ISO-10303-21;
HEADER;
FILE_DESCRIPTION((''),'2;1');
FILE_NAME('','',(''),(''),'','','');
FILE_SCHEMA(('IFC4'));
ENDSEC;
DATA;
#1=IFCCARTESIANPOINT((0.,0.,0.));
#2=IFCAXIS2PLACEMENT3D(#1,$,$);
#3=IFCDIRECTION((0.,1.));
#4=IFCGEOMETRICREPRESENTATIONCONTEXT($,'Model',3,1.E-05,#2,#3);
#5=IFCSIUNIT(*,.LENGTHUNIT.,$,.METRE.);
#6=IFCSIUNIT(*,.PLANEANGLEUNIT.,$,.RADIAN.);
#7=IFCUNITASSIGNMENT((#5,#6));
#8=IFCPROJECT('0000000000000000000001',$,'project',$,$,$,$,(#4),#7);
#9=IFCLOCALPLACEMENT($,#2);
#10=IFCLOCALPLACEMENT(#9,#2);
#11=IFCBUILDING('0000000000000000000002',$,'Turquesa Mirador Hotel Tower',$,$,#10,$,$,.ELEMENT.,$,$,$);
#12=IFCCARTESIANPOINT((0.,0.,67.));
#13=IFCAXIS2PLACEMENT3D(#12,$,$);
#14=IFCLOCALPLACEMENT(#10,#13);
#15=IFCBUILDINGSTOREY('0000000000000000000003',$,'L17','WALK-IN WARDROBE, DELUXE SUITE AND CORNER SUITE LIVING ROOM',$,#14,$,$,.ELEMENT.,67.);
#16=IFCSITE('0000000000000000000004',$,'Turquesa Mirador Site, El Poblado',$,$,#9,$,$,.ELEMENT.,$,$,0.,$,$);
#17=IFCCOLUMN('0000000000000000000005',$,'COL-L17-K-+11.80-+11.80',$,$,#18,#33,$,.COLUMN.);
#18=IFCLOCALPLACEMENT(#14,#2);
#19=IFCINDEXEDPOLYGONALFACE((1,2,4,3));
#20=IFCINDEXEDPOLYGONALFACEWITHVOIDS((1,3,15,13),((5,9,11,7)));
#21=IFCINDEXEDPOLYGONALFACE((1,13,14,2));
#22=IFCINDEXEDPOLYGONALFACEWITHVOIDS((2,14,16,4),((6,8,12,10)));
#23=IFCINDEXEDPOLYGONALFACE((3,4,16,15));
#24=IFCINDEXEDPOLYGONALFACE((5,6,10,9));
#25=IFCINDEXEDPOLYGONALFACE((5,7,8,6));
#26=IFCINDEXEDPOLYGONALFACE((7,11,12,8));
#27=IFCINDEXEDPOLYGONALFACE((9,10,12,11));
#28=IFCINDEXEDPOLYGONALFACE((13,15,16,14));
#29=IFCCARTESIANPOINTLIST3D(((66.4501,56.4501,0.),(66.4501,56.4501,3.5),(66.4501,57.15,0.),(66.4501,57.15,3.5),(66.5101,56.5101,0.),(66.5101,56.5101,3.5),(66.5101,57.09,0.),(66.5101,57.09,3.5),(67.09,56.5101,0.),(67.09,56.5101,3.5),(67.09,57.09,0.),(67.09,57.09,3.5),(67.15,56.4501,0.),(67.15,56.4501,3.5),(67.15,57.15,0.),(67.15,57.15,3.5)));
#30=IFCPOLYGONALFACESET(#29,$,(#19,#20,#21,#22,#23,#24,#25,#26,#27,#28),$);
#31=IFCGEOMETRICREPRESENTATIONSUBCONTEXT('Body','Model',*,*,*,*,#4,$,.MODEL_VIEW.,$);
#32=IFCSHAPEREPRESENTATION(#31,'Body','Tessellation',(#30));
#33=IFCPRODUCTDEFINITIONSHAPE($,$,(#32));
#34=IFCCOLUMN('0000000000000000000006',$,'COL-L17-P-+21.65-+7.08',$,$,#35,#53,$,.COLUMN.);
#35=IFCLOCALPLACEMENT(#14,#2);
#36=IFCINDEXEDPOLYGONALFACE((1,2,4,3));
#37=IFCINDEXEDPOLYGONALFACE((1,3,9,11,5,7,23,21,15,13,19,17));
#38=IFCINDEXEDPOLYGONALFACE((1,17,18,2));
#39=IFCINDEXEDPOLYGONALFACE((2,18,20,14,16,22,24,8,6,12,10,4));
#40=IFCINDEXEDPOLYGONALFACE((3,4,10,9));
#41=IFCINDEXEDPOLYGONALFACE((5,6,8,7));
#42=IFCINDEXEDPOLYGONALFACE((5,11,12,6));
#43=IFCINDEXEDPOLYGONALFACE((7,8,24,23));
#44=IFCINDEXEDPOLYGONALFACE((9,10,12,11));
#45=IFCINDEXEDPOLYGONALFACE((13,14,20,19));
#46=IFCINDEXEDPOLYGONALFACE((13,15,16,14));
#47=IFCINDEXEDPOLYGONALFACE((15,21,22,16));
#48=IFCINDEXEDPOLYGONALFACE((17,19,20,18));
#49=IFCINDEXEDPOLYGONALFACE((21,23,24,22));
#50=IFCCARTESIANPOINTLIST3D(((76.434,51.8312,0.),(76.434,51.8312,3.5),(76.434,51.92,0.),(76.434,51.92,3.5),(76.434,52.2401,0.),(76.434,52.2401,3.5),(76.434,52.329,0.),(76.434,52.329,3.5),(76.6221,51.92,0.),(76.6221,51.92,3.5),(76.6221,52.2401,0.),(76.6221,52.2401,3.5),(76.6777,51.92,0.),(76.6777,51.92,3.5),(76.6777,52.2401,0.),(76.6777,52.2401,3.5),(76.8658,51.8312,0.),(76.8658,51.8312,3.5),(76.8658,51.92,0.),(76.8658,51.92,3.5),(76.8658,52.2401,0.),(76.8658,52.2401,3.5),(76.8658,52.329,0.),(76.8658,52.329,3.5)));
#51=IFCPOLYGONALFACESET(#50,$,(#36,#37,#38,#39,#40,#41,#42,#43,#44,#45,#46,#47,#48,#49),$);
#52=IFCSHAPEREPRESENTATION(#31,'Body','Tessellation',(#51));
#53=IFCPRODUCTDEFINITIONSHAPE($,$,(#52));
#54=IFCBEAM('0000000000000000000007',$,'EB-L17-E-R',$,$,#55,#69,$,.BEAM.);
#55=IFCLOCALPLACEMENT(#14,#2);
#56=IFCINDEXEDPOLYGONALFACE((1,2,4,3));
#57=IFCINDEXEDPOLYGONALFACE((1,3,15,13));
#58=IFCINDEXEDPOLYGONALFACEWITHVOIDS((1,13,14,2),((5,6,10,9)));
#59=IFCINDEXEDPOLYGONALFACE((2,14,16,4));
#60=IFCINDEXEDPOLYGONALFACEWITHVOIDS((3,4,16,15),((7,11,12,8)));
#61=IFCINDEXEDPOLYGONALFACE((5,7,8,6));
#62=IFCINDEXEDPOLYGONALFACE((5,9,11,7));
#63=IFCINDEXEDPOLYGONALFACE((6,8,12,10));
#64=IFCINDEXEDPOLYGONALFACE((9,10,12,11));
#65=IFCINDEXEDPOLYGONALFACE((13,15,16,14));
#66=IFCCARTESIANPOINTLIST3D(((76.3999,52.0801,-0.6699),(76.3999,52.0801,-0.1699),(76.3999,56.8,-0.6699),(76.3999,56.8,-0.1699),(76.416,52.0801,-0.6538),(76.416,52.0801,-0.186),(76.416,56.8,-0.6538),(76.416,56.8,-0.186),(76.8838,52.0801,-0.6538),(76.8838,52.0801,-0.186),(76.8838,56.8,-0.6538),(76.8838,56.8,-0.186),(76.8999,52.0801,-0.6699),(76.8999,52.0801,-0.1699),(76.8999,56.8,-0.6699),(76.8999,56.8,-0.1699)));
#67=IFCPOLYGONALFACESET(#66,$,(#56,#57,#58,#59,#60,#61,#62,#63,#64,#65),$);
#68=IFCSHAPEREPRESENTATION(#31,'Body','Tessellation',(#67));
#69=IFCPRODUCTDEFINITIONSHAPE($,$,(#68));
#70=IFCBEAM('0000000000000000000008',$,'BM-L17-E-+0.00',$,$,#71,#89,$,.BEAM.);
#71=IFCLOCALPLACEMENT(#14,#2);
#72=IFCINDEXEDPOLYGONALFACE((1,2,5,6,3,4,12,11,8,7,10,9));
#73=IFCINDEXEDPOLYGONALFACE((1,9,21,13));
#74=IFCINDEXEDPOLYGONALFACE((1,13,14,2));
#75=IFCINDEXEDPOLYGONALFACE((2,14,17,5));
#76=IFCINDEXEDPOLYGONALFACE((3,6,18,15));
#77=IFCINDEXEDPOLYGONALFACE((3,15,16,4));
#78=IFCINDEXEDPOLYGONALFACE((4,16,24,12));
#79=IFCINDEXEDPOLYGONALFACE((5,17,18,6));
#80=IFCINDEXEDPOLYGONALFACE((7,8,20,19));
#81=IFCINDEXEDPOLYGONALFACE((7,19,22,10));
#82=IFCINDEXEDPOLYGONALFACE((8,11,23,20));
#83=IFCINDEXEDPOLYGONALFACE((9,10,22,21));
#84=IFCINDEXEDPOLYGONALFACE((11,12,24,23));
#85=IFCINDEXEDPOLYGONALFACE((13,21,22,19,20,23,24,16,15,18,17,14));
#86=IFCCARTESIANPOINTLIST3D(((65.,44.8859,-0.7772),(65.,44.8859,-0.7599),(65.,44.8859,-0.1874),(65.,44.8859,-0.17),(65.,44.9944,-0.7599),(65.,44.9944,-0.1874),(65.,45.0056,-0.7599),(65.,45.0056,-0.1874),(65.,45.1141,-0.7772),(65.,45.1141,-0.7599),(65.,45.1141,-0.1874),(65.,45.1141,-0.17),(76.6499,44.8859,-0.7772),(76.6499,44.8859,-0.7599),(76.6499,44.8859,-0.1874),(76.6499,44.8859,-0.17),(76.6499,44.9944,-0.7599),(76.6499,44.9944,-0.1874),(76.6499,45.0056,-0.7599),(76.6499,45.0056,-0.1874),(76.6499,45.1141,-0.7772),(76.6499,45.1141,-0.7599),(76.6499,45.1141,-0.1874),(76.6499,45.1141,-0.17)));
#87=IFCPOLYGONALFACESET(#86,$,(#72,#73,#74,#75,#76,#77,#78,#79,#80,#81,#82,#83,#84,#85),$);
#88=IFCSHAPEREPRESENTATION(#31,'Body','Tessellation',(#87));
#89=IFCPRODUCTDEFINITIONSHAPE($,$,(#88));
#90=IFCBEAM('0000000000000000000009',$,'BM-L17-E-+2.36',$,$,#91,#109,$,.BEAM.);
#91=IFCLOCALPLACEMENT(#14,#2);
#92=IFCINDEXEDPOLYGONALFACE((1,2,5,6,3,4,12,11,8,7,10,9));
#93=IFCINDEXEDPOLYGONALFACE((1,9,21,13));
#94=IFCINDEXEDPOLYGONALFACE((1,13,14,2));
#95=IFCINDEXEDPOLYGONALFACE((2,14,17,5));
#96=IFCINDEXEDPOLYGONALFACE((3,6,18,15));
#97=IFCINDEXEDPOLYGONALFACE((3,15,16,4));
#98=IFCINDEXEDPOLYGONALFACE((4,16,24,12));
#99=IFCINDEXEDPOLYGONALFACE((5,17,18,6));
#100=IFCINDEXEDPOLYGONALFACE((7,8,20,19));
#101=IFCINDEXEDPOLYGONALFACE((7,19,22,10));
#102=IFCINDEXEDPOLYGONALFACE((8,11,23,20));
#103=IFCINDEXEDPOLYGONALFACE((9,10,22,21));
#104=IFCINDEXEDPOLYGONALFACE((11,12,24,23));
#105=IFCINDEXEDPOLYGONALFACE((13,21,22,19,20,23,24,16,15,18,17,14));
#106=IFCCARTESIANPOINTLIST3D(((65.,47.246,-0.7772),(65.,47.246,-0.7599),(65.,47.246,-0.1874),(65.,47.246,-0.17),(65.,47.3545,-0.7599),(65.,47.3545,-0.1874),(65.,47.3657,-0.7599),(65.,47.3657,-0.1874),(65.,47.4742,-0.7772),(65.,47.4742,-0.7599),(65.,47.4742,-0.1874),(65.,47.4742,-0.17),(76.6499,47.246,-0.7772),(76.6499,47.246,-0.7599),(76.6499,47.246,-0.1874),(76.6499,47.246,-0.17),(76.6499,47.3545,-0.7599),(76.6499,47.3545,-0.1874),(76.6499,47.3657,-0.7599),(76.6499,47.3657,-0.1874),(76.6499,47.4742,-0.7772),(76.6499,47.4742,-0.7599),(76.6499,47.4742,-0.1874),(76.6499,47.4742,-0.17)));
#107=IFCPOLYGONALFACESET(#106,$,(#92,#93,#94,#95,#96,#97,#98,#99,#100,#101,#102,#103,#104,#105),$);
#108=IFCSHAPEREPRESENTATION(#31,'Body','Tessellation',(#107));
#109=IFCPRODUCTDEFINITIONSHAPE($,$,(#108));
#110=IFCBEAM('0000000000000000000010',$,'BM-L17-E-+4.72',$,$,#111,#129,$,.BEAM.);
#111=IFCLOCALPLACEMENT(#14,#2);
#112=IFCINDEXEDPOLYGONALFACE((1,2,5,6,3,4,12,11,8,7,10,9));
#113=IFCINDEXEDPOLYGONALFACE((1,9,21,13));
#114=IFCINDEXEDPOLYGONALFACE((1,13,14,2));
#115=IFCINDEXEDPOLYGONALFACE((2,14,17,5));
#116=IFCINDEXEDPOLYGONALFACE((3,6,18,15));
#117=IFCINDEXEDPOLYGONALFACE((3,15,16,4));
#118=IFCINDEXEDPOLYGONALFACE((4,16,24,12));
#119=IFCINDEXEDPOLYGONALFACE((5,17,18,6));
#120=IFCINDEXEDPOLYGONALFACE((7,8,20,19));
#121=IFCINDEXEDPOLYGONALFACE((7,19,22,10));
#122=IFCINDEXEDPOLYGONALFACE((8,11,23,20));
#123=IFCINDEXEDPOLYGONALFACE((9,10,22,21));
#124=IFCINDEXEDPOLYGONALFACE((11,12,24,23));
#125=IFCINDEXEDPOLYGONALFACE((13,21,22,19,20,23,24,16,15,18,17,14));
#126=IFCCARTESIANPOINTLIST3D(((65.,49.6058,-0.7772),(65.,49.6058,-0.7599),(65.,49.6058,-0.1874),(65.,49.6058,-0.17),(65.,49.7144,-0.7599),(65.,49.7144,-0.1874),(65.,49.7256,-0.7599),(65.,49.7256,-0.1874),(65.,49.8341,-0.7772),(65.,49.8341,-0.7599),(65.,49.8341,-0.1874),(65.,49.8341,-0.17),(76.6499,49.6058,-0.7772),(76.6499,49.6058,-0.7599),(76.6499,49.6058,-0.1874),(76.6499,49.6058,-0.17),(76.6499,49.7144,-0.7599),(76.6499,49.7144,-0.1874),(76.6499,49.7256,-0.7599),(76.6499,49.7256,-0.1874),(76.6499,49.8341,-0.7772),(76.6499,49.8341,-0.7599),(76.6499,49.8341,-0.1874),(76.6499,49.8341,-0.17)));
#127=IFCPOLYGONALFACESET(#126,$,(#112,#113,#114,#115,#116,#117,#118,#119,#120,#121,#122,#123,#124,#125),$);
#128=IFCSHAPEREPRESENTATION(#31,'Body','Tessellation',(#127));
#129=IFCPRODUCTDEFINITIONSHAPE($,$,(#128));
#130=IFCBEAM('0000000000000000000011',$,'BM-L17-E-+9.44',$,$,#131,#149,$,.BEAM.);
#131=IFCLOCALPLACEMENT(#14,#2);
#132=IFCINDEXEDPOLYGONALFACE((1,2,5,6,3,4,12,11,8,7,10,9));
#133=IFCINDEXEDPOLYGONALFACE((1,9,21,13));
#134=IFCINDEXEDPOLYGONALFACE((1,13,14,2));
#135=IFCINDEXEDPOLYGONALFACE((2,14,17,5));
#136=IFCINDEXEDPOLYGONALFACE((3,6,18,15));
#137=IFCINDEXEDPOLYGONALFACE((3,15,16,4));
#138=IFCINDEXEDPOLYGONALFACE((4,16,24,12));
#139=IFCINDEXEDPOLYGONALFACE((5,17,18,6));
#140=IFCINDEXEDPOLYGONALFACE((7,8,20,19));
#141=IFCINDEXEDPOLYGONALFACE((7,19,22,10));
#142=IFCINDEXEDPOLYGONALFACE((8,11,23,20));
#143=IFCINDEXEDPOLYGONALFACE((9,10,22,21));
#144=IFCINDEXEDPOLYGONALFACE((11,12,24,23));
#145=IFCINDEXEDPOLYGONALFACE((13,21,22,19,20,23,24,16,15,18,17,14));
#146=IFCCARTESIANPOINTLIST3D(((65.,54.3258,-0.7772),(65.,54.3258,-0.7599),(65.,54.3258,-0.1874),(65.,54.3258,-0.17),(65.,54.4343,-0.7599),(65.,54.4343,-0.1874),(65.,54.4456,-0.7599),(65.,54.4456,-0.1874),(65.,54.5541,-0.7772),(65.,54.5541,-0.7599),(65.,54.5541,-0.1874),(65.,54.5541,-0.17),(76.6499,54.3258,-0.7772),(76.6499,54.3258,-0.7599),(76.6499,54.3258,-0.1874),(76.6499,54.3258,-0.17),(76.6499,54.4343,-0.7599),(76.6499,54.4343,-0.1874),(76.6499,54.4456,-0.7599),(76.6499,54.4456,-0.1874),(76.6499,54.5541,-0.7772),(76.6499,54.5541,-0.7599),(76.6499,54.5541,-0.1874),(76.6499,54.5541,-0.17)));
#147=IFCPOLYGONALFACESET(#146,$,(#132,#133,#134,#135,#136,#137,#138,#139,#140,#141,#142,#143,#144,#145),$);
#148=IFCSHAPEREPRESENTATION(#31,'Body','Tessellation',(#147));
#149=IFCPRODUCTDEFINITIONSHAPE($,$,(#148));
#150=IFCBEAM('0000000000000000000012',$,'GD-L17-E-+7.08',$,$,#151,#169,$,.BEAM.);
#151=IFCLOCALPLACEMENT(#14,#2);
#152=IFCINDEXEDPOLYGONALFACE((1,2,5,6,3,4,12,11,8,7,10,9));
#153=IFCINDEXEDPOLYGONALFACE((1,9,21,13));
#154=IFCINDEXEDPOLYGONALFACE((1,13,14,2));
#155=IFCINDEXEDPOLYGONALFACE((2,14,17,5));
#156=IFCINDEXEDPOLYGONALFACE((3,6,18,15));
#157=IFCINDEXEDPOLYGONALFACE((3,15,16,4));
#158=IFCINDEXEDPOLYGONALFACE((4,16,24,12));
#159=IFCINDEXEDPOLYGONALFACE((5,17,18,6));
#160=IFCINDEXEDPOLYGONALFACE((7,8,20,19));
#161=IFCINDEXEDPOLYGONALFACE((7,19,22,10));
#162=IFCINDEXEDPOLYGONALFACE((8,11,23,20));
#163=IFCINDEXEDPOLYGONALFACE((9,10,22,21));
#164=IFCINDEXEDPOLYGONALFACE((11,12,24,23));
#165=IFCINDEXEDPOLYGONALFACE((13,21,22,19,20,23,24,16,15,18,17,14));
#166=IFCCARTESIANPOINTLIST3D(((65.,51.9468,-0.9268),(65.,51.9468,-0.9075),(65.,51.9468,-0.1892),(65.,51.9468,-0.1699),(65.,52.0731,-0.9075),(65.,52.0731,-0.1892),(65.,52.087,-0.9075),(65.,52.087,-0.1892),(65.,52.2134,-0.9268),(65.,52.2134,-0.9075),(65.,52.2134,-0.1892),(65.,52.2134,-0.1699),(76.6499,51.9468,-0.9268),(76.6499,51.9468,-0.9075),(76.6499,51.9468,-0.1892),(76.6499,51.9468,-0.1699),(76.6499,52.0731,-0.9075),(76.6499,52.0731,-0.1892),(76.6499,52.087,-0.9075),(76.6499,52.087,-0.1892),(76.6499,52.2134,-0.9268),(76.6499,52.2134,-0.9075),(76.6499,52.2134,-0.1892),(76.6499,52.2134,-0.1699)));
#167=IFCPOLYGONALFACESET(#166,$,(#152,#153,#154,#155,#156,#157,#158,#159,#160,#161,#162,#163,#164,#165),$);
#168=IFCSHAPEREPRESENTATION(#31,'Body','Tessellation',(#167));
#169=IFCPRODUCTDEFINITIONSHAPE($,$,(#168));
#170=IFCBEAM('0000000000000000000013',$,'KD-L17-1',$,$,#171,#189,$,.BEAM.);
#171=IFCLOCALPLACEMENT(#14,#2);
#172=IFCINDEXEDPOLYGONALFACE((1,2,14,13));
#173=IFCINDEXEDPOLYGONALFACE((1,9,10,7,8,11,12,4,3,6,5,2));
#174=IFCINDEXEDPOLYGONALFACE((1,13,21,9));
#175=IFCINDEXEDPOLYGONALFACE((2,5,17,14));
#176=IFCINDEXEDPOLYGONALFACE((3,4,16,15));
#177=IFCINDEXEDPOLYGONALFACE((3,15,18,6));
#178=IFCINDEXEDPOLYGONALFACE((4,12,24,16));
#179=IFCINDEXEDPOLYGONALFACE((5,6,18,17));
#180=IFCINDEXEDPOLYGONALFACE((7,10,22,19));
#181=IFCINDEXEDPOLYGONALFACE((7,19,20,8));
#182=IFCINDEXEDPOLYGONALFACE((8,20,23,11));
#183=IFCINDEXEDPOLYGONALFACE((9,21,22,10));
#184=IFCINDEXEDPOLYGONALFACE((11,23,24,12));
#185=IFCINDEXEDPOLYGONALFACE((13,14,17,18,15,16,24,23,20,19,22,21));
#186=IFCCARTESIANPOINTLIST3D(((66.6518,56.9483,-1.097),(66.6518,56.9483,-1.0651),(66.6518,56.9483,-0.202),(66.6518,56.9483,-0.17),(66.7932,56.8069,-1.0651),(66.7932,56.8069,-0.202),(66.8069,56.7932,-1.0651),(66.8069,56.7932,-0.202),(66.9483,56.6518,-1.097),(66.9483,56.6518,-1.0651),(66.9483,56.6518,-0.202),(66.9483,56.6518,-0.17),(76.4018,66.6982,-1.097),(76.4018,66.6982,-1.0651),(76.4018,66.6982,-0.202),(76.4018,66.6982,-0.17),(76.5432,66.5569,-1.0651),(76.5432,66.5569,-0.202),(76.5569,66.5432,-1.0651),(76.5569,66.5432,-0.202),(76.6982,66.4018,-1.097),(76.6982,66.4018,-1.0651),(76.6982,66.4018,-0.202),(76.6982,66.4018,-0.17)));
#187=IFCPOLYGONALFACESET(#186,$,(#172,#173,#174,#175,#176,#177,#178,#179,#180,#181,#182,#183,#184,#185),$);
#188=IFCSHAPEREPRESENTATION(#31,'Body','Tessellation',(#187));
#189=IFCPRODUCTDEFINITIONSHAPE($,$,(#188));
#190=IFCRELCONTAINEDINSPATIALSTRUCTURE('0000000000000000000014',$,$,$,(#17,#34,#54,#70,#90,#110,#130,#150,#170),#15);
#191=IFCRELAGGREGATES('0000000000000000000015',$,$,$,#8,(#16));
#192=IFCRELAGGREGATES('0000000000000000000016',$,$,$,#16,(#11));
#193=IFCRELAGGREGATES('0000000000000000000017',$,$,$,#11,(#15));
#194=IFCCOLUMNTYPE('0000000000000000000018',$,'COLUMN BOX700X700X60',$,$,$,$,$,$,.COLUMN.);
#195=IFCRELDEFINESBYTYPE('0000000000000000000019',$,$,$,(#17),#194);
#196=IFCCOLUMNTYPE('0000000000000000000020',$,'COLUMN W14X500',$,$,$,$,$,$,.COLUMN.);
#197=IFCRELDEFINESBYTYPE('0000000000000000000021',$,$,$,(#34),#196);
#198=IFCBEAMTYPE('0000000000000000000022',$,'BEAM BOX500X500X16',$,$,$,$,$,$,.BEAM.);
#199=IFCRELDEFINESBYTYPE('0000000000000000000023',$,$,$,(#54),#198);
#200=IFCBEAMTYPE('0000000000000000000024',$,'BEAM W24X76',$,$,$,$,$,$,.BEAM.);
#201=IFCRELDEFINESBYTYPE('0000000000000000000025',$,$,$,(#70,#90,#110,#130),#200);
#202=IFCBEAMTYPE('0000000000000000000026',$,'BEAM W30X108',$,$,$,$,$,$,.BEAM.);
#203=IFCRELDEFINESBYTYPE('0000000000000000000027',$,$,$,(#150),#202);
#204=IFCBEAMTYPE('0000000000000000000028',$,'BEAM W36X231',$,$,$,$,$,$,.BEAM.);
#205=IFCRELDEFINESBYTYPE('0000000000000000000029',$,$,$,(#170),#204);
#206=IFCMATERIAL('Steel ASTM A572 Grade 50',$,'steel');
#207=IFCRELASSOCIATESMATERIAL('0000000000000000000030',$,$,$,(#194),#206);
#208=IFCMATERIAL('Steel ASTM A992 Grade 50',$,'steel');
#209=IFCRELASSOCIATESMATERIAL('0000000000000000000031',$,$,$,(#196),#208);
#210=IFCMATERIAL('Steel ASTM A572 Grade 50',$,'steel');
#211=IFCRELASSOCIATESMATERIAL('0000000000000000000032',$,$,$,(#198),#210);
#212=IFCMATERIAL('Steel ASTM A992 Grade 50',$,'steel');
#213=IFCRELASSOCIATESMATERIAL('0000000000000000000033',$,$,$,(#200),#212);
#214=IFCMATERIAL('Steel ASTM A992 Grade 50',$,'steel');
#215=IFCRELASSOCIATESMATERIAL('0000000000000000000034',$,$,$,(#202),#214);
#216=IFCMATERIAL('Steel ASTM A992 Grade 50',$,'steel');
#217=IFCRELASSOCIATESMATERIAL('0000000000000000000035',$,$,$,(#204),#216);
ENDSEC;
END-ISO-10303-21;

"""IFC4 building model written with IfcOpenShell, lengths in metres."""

from ifc_helpers import new_model, si_unit, direction, frame, origin, origin_2d, place, context, subcontext, project, spatial, hollow_rectangle, i_section, extrude, material, material_profile, profile_set, type_object, element, save


model = new_model("IFC4")

# Units and contexts
model_context = context("Model", 3, precision=1e-05, world=origin(), true_north=direction((0.0, 1.0)))
body_context = subcontext(model_context, "Body", "Model", "MODEL_VIEW")
ifc_project = project(units=[si_unit("LENGTHUNIT", "METRE"), si_unit("PLANEANGLEUNIT", "RADIAN")], contexts=[model_context])

# Site, building, storey
site_placement = place(None, origin())
site = spatial("IfcSite", under=ifc_project, at=site_placement, Name="Turquesa Mirador Site, El Poblado", CompositionType="ELEMENT", RefElevation=0.0)
building_placement = place(site_placement, origin())
building = spatial("IfcBuilding", under=site, at=building_placement, Name="Turquesa Mirador Hotel Tower", CompositionType="ELEMENT")
storey_placement = place(building_placement, frame((0.0, 0.0, 67.0)))
storey = spatial("IfcBuildingStorey", under=building, at=storey_placement, Name="L17", Description="WALK-IN WARDROBE, DELUXE SUITE AND CORNER SUITE LIVING ROOM", CompositionType="ELEMENT", Elevation=67.0)

# Columns
ifc_material_1 = material(Name="Steel ASTM A572 Grade 50", Category="steel")
ifc_material_profile_1 = material_profile(ifc_material_1, hollow_rectangle(XDim=0.7, YDim=0.7, WallThickness=0.0601, at=origin_2d()), Name="BOX700X700X60")
ifc_profile_set_1 = profile_set([ifc_material_profile_1], Name="Steel ASTM A572 Grade 50")
column_type_1 = type_object("IfcColumnType", Name="COLUMN BOX700X700X60", PredefinedType="COLUMN", material=ifc_profile_set_1)
column_1_placement = place(storey_placement, frame((66.8, 56.8, 0.0), z_axis=(0.0, 0.0, 1.0), x_axis=(1.0, 0.0, 0.0)))
element("IfcColumn", 1, at=column_1_placement, inside=storey, type_object=column_type_1, Name="COL-L17-K-+11.80-+11.80", PredefinedType="COLUMN", context=body_context, shape_type="SweptSolid", body=[
    extrude(hollow_rectangle(XDim=0.7, YDim=0.7, WallThickness=0.0601, at=origin_2d()), origin(), (0.0, 0.0, 1.0), 3.5),
])
ifc_material_2 = material(Name="Steel ASTM A992 Grade 50", Category="steel")
ifc_material_profile_2 = material_profile(ifc_material_2, i_section(OverallWidth=0.4319, OverallDepth=0.4978, WebThickness=0.0557, FlangeThickness=0.0889, at=origin_2d()), Name="W14X500")
ifc_profile_set_2 = profile_set([ifc_material_profile_2], Name="Steel ASTM A992 Grade 50")
column_type_2 = type_object("IfcColumnType", Name="COLUMN W14X500", PredefinedType="COLUMN", material=ifc_profile_set_2)
column_2_placement = place(storey_placement, frame((76.6499, 52.0801, 0.0), z_axis=(0.0, 0.0, 1.0), x_axis=(1.0, 0.0, 0.0)))
element("IfcColumn", 2, at=column_2_placement, inside=storey, type_object=column_type_2, Name="COL-L17-P-+21.65-+7.08", PredefinedType="COLUMN", context=body_context, shape_type="SweptSolid", body=[
    extrude(i_section(OverallWidth=0.4319, OverallDepth=0.4978, WebThickness=0.0557, FlangeThickness=0.0889, at=origin_2d()), origin(), (0.0, 0.0, 1.0), 3.5),
])

# Beams
ifc_material_3 = material(Name="Steel ASTM A572 Grade 50", Category="steel")
ifc_material_profile_3 = material_profile(ifc_material_3, hollow_rectangle(XDim=0.5, YDim=0.5, WallThickness=0.0161, at=origin_2d()), Name="BOX500X500X16")
ifc_profile_set_3 = profile_set([ifc_material_profile_3], Name="Steel ASTM A572 Grade 50")
beam_type_1 = type_object("IfcBeamType", Name="BEAM BOX500X500X16", PredefinedType="BEAM", material=ifc_profile_set_3)
beam_1_placement = place(storey_placement, frame((76.6499, 52.0801, -0.4199), z_axis=(0.0, 1.0, 0.0), x_axis=(-1.0, 0.0, 0.0)))
element("IfcBeam", 3, at=beam_1_placement, inside=storey, type_object=beam_type_1, Name="EB-L17-E-R", PredefinedType="BEAM", context=body_context, shape_type="SweptSolid", body=[
    extrude(hollow_rectangle(XDim=0.5, YDim=0.5, WallThickness=0.0161, at=origin_2d()), origin(), (0.0, 0.0, 1.0), 4.72),
])
ifc_material_4 = material(Name="Steel ASTM A992 Grade 50", Category="steel")
ifc_material_profile_4 = material_profile(ifc_material_4, i_section(OverallWidth=0.2283, OverallDepth=0.6072, WebThickness=0.0112, FlangeThickness=0.0173, at=origin_2d()), Name="W24X76")
ifc_profile_set_4 = profile_set([ifc_material_profile_4], Name="Steel ASTM A992 Grade 50")
beam_type_2 = type_object("IfcBeamType", Name="BEAM W24X76", PredefinedType="BEAM", material=ifc_profile_set_4)
for number, where, z_axis, x_axis, name in (
    (4, (76.6499, 45.0, -0.4736), (-1.0, 0.0, 0.0), (0.0, -1.0, 0.0), "BM-L17-E-+0.00"),
    (5, (76.6499, 47.3601, -0.4736), (-1.0, 0.0, 0.0), (0.0, -1.0, 0.0), "BM-L17-E-+2.36"),
    (6, (76.6499, 49.72, -0.4736), (-1.0, 0.0, 0.0), (0.0, -1.0, 0.0), "BM-L17-E-+4.72"),
    (7, (76.6499, 54.4399, -0.4736), (-1.0, 0.0, 0.0), (0.0, -1.0, 0.0), "BM-L17-E-+9.44"),
):
    element("IfcBeam", number, at=place(storey_placement, frame(where, z_axis=z_axis, x_axis=x_axis)), inside=storey, type_object=beam_type_2, Name=name, PredefinedType="BEAM", context=body_context, shape_type="SweptSolid", body=[
        extrude(i_section(OverallWidth=0.2283, OverallDepth=0.6072, WebThickness=0.0112, FlangeThickness=0.0173, at=origin_2d()), origin(), (0.0, 0.0, 1.0), 11.6499),
    ])
ifc_material_5 = material(Name="Steel ASTM A992 Grade 50", Category="steel")
ifc_material_profile_5 = material_profile(ifc_material_5, i_section(OverallWidth=0.2666, OverallDepth=0.7568, WebThickness=0.0139, FlangeThickness=0.0193, at=origin_2d()), Name="W30X108")
ifc_profile_set_5 = profile_set([ifc_material_profile_5], Name="Steel ASTM A992 Grade 50")
beam_type_3 = type_object("IfcBeamType", Name="BEAM W30X108", PredefinedType="BEAM", material=ifc_profile_set_5)
beam_2_placement = place(storey_placement, frame((76.6499, 52.0801, -0.5483), z_axis=(-1.0, 0.0, 0.0), x_axis=(0.0, -1.0, 0.0)))
element("IfcBeam", 8, at=beam_2_placement, inside=storey, type_object=beam_type_3, Name="GD-L17-E-+7.08", PredefinedType="BEAM", context=body_context, shape_type="SweptSolid", body=[
    extrude(i_section(OverallWidth=0.2666, OverallDepth=0.7568, WebThickness=0.0139, FlangeThickness=0.0193, at=origin_2d()), origin(), (0.0, 0.0, 1.0), 11.6499),
])
ifc_material_6 = material(Name="Steel ASTM A992 Grade 50", Category="steel")
ifc_material_profile_6 = material_profile(ifc_material_6, i_section(OverallWidth=0.4192, OverallDepth=0.927, WebThickness=0.0193, FlangeThickness=0.032, at=origin_2d()), Name="W36X231")
ifc_profile_set_6 = profile_set([ifc_material_profile_6], Name="Steel ASTM A992 Grade 50")
beam_type_4 = type_object("IfcBeamType", Name="BEAM W36X231", PredefinedType="BEAM", material=ifc_profile_set_6)
beam_3_placement = place(storey_placement, frame((66.8, 56.8, -0.6335), z_axis=(0.707107, 0.707107, 0.0), x_axis=(-0.707107, 0.707107, 0.0)))
element("IfcBeam", 9, at=beam_3_placement, inside=storey, type_object=beam_type_4, Name="KD-L17-1", PredefinedType="BEAM", context=body_context, shape_type="SweptSolid", body=[
    extrude(i_section(OverallWidth=0.4192, OverallDepth=0.927, WebThickness=0.0193, FlangeThickness=0.032, at=origin_2d()), origin(), (0.0, 0.0, 1.0), 13.7886),
])

save(model, "model.ifc")
